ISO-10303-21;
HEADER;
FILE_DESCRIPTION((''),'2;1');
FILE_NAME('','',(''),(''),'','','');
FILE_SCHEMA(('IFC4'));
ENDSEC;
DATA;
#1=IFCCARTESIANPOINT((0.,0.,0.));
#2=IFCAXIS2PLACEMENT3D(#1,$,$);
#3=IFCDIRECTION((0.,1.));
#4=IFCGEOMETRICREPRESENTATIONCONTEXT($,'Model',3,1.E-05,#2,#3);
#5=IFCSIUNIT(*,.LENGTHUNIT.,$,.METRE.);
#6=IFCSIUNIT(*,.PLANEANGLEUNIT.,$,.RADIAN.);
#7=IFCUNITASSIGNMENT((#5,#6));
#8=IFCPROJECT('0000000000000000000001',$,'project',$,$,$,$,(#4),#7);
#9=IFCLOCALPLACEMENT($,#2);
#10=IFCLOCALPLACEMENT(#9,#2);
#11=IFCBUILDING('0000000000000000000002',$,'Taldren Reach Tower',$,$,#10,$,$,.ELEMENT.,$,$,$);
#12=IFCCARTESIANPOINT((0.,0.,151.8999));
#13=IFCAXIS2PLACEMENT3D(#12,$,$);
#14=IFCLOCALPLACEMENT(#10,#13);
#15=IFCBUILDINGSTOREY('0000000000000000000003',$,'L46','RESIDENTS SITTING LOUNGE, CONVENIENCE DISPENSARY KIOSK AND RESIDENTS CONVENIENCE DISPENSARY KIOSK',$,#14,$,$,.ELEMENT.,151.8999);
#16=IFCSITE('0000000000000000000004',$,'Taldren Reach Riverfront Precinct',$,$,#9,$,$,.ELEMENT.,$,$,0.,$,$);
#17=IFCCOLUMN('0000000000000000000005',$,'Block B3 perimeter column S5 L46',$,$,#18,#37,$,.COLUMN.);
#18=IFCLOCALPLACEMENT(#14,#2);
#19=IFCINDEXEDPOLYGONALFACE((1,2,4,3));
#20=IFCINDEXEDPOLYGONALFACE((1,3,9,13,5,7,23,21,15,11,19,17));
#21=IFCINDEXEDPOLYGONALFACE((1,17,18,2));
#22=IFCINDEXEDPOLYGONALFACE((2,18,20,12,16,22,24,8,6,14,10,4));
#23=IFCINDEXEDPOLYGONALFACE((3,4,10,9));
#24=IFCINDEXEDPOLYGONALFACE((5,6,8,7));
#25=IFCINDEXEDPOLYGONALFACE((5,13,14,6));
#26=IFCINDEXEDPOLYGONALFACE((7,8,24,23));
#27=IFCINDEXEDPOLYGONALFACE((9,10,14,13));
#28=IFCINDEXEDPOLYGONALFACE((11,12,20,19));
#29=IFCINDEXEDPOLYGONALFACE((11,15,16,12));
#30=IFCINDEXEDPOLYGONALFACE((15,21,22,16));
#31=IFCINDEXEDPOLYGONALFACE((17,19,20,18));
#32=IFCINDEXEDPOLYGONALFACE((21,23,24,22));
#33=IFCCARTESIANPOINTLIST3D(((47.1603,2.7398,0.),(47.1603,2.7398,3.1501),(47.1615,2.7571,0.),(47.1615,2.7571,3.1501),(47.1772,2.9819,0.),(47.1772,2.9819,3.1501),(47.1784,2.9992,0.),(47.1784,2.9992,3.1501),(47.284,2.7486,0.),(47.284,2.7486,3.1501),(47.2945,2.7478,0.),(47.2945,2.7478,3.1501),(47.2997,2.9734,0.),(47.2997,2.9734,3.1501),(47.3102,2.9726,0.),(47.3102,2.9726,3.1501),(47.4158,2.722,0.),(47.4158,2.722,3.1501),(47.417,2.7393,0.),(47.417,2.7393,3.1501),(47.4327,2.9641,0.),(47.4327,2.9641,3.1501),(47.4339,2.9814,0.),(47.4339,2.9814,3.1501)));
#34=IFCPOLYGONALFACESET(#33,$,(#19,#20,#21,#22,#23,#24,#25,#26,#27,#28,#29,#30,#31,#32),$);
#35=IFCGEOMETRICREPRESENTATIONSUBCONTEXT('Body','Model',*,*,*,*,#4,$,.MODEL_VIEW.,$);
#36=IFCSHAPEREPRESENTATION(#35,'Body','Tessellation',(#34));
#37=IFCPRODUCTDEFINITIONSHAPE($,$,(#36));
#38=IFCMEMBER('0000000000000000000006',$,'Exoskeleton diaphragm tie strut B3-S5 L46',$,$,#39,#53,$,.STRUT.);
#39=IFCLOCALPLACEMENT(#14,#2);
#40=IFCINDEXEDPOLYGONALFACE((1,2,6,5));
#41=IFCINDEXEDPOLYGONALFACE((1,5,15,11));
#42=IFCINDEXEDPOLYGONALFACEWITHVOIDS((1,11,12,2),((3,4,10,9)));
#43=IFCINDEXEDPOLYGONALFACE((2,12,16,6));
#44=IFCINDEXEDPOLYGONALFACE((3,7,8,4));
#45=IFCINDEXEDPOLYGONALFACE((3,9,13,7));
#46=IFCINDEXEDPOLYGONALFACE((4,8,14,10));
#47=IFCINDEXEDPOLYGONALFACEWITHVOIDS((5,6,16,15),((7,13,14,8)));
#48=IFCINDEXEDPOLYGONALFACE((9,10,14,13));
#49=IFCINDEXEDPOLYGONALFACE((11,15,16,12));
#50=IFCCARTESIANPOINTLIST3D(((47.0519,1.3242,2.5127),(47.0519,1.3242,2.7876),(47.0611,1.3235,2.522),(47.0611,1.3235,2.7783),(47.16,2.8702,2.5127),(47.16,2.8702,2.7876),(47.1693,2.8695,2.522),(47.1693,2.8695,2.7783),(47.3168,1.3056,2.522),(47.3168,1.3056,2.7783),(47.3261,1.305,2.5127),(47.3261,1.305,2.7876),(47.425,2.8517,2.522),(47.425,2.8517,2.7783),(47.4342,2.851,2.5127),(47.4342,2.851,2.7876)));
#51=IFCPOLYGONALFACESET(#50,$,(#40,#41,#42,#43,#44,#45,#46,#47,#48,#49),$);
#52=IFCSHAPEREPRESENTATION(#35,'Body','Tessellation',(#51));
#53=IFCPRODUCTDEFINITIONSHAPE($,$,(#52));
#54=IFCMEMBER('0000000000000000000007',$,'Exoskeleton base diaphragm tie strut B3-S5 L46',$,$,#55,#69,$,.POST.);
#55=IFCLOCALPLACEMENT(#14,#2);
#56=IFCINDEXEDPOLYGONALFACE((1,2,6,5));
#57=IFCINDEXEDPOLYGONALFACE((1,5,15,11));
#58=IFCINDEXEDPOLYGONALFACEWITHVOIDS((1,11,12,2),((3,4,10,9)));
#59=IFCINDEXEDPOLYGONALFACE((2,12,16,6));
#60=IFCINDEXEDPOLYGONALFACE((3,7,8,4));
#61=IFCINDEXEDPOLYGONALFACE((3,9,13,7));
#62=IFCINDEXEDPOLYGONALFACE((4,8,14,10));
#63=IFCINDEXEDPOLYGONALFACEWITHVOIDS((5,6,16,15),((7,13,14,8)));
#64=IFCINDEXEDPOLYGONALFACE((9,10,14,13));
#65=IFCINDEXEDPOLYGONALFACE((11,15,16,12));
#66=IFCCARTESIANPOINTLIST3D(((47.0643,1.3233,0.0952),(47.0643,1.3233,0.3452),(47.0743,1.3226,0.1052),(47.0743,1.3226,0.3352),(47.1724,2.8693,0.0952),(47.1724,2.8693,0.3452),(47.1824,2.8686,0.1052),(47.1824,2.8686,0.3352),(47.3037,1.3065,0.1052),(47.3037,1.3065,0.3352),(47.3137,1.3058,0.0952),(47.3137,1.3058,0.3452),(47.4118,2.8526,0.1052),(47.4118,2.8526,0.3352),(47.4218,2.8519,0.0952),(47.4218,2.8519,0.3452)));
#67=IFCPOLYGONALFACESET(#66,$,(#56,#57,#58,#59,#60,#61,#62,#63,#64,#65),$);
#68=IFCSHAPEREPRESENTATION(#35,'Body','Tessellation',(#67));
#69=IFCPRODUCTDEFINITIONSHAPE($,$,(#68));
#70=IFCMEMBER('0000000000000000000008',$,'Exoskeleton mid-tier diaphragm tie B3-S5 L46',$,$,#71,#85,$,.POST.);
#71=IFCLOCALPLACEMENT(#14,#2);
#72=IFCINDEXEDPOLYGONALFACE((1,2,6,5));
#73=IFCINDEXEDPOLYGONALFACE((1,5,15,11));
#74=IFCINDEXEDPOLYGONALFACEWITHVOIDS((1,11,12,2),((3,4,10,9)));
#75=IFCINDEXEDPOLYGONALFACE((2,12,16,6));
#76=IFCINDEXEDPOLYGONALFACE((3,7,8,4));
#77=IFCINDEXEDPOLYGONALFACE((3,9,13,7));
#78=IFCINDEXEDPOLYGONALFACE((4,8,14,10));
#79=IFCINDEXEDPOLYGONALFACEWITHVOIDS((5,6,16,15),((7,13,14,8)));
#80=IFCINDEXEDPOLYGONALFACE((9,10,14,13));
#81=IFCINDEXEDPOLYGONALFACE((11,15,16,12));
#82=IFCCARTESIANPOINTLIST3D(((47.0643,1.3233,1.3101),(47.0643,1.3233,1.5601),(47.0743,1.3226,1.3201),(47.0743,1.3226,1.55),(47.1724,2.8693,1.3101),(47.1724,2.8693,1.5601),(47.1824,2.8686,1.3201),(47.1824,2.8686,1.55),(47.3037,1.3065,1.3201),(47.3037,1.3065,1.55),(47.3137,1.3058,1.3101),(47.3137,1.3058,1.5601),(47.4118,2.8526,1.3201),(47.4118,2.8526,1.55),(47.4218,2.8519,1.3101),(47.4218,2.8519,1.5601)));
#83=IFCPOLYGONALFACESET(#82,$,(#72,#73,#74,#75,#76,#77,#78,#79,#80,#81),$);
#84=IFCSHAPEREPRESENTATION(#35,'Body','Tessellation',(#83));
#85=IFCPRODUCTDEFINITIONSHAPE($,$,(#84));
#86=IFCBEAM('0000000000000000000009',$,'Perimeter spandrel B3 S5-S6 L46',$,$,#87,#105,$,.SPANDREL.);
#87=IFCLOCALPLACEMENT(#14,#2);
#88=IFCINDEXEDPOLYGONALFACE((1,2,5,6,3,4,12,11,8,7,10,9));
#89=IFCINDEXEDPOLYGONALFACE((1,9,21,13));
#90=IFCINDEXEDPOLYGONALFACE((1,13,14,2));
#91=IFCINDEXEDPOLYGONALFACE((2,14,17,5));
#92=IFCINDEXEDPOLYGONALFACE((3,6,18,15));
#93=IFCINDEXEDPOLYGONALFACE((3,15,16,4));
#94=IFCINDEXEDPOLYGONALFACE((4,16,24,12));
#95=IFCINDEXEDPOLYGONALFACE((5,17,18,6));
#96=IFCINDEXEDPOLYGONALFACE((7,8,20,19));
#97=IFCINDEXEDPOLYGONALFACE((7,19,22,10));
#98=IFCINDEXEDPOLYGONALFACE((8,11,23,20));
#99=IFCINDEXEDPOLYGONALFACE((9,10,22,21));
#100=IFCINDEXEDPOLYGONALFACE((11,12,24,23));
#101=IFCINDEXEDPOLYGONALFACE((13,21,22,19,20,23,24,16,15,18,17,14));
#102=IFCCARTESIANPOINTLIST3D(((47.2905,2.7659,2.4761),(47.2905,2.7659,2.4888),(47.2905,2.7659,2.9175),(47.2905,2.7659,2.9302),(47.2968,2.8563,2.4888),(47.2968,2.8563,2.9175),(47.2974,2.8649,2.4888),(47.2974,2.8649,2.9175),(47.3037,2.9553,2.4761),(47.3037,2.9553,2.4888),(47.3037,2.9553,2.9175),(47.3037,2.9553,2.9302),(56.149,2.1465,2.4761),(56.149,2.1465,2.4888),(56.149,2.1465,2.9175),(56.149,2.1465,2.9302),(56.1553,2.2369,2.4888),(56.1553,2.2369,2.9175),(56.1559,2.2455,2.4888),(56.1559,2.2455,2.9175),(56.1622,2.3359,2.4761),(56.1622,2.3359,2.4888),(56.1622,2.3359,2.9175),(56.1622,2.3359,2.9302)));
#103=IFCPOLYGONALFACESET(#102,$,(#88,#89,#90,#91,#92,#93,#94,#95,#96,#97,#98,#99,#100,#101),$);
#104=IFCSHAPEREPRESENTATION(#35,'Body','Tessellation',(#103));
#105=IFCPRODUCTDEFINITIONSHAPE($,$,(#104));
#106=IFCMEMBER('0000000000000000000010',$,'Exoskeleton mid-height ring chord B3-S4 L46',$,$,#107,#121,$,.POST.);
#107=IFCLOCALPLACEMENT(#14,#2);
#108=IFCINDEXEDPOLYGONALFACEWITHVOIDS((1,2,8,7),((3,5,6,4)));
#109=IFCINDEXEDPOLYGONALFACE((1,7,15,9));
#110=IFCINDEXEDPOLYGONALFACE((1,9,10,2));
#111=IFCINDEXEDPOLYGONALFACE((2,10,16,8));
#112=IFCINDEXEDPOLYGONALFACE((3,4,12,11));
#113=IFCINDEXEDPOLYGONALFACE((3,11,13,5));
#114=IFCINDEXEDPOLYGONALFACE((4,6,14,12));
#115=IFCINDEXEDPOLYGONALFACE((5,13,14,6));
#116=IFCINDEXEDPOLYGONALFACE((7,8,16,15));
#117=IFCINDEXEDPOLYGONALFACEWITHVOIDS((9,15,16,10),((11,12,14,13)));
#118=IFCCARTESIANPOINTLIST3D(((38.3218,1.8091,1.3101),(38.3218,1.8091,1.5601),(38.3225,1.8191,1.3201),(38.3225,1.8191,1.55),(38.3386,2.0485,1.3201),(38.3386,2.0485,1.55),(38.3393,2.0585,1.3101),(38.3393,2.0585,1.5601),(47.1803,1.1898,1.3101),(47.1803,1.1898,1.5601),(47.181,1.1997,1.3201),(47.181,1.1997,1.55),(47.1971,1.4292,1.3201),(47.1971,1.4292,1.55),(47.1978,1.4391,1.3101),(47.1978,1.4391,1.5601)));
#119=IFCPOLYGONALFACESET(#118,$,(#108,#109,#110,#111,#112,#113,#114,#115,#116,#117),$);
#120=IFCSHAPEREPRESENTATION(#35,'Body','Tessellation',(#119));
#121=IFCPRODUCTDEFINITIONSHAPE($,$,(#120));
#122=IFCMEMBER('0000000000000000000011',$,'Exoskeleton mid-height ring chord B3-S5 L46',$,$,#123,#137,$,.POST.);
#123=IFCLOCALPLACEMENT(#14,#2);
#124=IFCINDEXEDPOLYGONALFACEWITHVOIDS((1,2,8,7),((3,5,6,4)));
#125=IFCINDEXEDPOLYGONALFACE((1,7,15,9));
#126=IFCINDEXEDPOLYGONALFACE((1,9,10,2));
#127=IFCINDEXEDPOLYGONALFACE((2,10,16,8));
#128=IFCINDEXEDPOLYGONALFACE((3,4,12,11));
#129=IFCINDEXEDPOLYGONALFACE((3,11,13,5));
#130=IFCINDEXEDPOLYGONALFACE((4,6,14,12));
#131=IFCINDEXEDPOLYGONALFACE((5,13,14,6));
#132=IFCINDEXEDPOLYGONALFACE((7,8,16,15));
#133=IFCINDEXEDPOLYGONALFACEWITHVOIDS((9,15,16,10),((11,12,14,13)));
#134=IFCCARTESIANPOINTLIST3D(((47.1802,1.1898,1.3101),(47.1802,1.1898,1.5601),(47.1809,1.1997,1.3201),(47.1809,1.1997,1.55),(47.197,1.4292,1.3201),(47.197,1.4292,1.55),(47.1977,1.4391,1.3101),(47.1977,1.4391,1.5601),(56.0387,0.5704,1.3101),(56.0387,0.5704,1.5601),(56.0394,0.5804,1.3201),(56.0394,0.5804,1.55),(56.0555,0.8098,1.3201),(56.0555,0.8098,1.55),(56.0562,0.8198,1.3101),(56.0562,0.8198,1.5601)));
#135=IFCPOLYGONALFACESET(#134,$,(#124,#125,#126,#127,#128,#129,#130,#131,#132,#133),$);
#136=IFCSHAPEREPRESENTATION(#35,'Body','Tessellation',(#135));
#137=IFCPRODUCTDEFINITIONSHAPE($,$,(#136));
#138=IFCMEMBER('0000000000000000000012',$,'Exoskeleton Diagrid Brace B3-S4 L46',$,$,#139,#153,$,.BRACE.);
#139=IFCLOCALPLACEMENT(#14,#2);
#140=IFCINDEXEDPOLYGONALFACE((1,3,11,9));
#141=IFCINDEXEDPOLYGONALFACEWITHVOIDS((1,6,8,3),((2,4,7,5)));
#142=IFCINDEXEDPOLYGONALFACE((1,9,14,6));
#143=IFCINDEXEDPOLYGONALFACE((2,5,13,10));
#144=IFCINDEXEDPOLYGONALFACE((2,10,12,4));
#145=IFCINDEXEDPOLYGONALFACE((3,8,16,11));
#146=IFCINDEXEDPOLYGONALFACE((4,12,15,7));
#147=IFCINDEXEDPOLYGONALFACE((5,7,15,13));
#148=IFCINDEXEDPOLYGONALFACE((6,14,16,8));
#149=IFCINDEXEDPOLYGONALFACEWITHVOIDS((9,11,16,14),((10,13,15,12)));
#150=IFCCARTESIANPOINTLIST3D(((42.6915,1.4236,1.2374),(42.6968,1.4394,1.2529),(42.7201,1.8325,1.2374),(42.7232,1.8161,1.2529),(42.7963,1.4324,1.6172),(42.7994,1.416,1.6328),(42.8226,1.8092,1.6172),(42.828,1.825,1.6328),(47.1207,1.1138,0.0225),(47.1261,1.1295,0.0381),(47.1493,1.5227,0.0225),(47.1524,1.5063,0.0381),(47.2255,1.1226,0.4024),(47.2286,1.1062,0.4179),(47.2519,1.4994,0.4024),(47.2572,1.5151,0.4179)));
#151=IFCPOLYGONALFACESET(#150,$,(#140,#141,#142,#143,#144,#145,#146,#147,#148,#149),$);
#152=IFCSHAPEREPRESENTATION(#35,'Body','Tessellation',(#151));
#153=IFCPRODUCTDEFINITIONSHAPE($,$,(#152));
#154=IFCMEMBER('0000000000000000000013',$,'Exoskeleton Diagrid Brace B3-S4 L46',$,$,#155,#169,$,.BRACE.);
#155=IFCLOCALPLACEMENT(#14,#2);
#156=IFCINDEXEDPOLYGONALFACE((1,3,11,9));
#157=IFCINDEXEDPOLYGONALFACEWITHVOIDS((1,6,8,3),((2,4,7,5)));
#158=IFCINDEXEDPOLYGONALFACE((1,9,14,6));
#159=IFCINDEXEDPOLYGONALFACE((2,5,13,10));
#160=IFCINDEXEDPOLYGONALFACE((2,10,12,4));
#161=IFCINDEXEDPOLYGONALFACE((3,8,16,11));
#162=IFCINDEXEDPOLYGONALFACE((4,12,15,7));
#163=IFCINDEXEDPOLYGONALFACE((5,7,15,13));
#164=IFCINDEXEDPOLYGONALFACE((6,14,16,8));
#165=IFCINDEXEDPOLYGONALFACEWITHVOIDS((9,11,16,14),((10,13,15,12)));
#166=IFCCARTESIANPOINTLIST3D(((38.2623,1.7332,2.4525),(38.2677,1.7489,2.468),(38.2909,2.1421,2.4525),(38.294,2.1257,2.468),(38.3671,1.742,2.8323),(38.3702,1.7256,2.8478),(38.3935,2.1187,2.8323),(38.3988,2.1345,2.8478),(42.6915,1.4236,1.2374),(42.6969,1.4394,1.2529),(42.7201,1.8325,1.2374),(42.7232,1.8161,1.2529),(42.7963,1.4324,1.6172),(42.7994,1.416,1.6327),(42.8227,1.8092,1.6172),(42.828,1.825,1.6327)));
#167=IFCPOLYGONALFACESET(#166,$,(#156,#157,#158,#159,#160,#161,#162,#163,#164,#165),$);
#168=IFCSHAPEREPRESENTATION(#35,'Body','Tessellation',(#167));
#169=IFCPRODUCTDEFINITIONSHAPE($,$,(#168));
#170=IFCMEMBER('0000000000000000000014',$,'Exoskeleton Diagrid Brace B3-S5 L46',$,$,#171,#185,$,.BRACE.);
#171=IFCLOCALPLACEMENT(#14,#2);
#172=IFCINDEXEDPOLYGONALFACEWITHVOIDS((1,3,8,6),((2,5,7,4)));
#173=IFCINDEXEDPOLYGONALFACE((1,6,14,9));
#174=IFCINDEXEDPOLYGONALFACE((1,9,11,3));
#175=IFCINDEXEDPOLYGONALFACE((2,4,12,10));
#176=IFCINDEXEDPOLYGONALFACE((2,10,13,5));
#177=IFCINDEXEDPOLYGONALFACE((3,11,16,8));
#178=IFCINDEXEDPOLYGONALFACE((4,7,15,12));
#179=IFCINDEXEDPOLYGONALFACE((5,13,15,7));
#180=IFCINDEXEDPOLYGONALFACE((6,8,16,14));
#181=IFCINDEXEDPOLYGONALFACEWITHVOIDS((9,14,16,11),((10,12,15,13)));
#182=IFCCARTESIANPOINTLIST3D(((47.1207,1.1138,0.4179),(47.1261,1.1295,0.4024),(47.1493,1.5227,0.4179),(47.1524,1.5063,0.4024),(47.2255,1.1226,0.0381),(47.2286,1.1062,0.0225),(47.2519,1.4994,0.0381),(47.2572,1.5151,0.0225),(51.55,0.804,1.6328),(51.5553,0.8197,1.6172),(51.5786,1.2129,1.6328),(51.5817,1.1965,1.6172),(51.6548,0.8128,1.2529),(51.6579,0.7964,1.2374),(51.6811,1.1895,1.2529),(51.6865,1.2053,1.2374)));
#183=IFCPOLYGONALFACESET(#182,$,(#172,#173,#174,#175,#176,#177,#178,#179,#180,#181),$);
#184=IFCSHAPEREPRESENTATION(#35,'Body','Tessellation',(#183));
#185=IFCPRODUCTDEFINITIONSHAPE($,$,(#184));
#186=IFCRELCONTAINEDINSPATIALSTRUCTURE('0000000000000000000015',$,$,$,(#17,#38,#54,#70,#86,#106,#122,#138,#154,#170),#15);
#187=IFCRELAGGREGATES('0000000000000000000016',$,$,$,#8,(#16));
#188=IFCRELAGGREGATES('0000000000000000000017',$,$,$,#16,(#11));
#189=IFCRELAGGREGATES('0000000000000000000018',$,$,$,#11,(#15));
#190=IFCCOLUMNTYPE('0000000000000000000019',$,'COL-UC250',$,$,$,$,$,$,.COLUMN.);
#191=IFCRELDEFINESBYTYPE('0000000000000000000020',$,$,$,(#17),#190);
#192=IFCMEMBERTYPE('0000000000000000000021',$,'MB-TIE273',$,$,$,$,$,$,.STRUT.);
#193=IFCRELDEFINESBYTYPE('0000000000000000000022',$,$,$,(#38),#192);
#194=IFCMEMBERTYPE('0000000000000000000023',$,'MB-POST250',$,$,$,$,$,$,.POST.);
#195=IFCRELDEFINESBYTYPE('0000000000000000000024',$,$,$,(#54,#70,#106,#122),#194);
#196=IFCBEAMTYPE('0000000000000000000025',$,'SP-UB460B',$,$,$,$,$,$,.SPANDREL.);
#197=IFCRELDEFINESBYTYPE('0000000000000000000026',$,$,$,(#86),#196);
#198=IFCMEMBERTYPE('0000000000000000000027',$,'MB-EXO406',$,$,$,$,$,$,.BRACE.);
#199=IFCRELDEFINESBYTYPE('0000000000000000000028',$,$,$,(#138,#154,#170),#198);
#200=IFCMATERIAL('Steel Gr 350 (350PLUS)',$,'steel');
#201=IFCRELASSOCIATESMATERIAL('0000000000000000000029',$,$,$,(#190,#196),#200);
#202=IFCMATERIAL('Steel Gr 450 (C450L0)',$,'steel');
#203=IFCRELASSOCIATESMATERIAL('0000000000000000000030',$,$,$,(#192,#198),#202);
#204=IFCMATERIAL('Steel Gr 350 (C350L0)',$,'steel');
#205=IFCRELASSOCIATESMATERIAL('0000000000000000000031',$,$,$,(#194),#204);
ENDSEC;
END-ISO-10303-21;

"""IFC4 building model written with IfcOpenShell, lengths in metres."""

from ifc_helpers import new_model, si_unit, direction, frame, origin, origin_2d, place, context, subcontext, project, spatial, hollow_rectangle, i_section, extrude, source, transform, mapped, material, material_profile, profile_set, type_object, element, save


model = new_model("IFC4")

# Units and contexts
model_context = context("Model", 3, precision=1e-05, world=origin(), true_north=direction((0.0, 1.0)))
body_context = subcontext(model_context, "Body", "Model", "MODEL_VIEW")
ifc_project = project(units=[si_unit("LENGTHUNIT", "METRE"), si_unit("PLANEANGLEUNIT", "RADIAN")], contexts=[model_context])

# Site, building, storey
site_placement = place(None, origin())
site = spatial("IfcSite", under=ifc_project, at=site_placement, Name="Taldren Reach Riverfront Precinct", CompositionType="ELEMENT", RefElevation=0.0)
building_placement = place(site_placement, origin())
building = spatial("IfcBuilding", under=site, at=building_placement, Name="Taldren Reach Tower", CompositionType="ELEMENT")
storey_placement = place(building_placement, frame((0.0, 0.0, 151.8999)))
storey = spatial("IfcBuildingStorey", under=building, at=storey_placement, Name="L46", Description="RESIDENTS SITTING LOUNGE, CONVENIENCE DISPENSARY KIOSK AND RESIDENTS CONVENIENCE DISPENSARY KIOSK", CompositionType="ELEMENT", Elevation=151.8999)

# Column
ifc_material_1 = material(Name="Steel Gr 350 (350PLUS)", Category="steel")
ifc_material_profile_1 = material_profile(ifc_material_1, i_section(OverallWidth=0.2561, OverallDepth=0.26, WebThickness=0.0105, FlangeThickness=0.0173, at=origin_2d()), Name="250UC89.5")
ifc_profile_set_1 = profile_set([ifc_material_profile_1], Name="Steel Gr 350 (350PLUS)")
column_type = type_object("IfcColumnType", Name="COL-UC250", PredefinedType="COLUMN", material=ifc_profile_set_1)
shared_shape_1 = source(origin(), body_context, "Body", "SweptSolid", [
    extrude(i_section(OverallWidth=0.2561, OverallDepth=0.26, WebThickness=0.0105, FlangeThickness=0.0173, at=origin_2d()), origin(), (0.0, 0.0, 1.0), 3.1501),
])
column_placement = place(storey_placement, frame((47.2971, 2.8606, 0.0), z_axis=(0.0, 0.0, 1.0), x_axis=(0.997564, -0.069756, 0.0)))
element("IfcColumn", 1, at=column_placement, inside=storey, type_object=column_type, Name="Block B3 perimeter column S5 L46", PredefinedType="COLUMN", context=body_context, shape_type="MappedRepresentation", body=[
    mapped(shared_shape_1, transform((0.0, 0.0, 0.0), scale=1.0)),
])

# Members
ifc_material_2 = material(Name="Steel Gr 450 (C450L0)", Category="steel")
ifc_material_profile_2 = material_profile(ifc_material_2, hollow_rectangle(XDim=0.2749, YDim=0.2749, WallThickness=0.0093, at=origin_2d()), Name="275x275x9.3SHS")
ifc_profile_set_2 = profile_set([ifc_material_profile_2], Name="Steel Gr 450 (C450L0)")
member_type_1 = type_object("IfcMemberType", Name="MB-TIE273", PredefinedType="STRUT", material=ifc_profile_set_2)
shared_shape_2 = source(origin(), body_context, "Body", "SweptSolid", [
    extrude(hollow_rectangle(XDim=0.2749, YDim=0.2749, WallThickness=0.0093, at=origin_2d()), origin(), (0.0, 0.0, 1.0), 1.5498),
])
member_1_placement = place(storey_placement, frame((47.2971, 2.8606, 2.6501), z_axis=(-0.069781, -0.997562, 0.0), x_axis=(0.997562, -0.069781, 0.0)))
element("IfcMember", 2, at=member_1_placement, inside=storey, type_object=member_type_1, Name="Exoskeleton diaphragm tie strut B3-S5 L46", PredefinedType="STRUT", context=body_context, shape_type="MappedRepresentation", body=[
    mapped(shared_shape_2, transform((0.0, 0.0, 0.0), scale=1.0)),
])
ifc_material_3 = material(Name="Steel Gr 350 (C350L0)", Category="steel")
ifc_material_profile_3 = material_profile(ifc_material_3, hollow_rectangle(XDim=0.25, YDim=0.25, WallThickness=0.01, at=origin_2d()), Name="250x250x10.0SHS")
ifc_profile_set_3 = profile_set([ifc_material_profile_3], Name="Steel Gr 350 (C350L0)")
member_type_2 = type_object("IfcMemberType", Name="MB-POST250", PredefinedType="POST", material=ifc_profile_set_3)
shared_shape_3 = source(origin(), body_context, "Body", "SweptSolid", [
    extrude(hollow_rectangle(XDim=0.25, YDim=0.25, WallThickness=0.01, at=origin_2d()), origin(), (0.0, 0.0, 1.0), 1.5498),
])
for number, where, z_axis, x_axis, name in (
    (3, (47.2971, 2.8606, 0.2202), (-0.069781, -0.997562, 0.0), (0.997562, -0.069781, 0.0), "Exoskeleton base diaphragm tie strut B3-S5 L46"),
    (4, (47.2971, 2.8606, 1.4351), (-0.069781, -0.997562, 0.0), (0.997562, -0.069781, 0.0), "Exoskeleton mid-tier diaphragm tie B3-S5 L46"),
):
    element("IfcMember", number, at=place(storey_placement, frame(where, z_axis=z_axis, x_axis=x_axis)), inside=storey, type_object=member_type_2, Name=name, PredefinedType="POST", context=body_context, shape_type="MappedRepresentation", body=[
        mapped(shared_shape_3, transform((0.0, 0.0, 0.0), scale=1.0)),
    ])

# Beam
ifc_material_profile_4 = material_profile(ifc_material_1, i_section(OverallWidth=0.1899, OverallDepth=0.4541, WebThickness=0.0085, FlangeThickness=0.0127, at=origin_2d()), Name="460UB67.1")
ifc_profile_set_4 = profile_set([ifc_material_profile_4], Name="Steel Gr 350 (350PLUS)")
beam_type = type_object("IfcBeamType", Name="SP-UB460B", PredefinedType="SPANDREL", material=ifc_profile_set_4)
shared_shape_4 = source(origin(), body_context, "Body", "SweptSolid", [
    extrude(i_section(OverallWidth=0.1899, OverallDepth=0.4541, WebThickness=0.0085, FlangeThickness=0.0127, at=origin_2d()), origin(), (0.0, 0.0, 1.0), 8.8801),
])
beam_placement = place(storey_placement, frame((47.2971, 2.8606, 2.7031), z_axis=(0.997564, -0.06975, 0.0), x_axis=(0.06975, 0.997564, 0.0)))
element("IfcBeam", 5, at=beam_placement, inside=storey, type_object=beam_type, Name="Perimeter spandrel B3 S5-S6 L46", PredefinedType="SPANDREL", context=body_context, shape_type="MappedRepresentation", body=[
    mapped(shared_shape_4, transform((0.0, 0.0, 0.0), scale=1.0)),
])

# Members
shared_shape_5 = source(origin(), body_context, "Body", "SweptSolid", [
    extrude(hollow_rectangle(XDim=0.25, YDim=0.25, WallThickness=0.01, at=origin_2d()), origin(), (0.0, 0.0, 1.0), 8.8801),
])
for number, where, z_axis, x_axis, name in (
    (6, (38.3306, 1.9338, 1.4351), (0.997564, -0.06975, 0.0), (0.06975, 0.997564, 0.0), "Exoskeleton mid-height ring chord B3-S4 L46"),
    (7, (47.189, 1.3145, 1.4351), (0.997564, -0.06975, 0.0), (0.06975, 0.997564, 0.0), "Exoskeleton mid-height ring chord B3-S5 L46"),
):
    element("IfcMember", number, at=place(storey_placement, frame(where, z_axis=z_axis, x_axis=x_axis)), inside=storey, type_object=member_type_2, Name=name, PredefinedType="POST", context=body_context, shape_type="MappedRepresentation", body=[
        mapped(shared_shape_5, transform((0.0, 0.0, 0.0), scale=1.0)),
    ])
ifc_material_profile_5 = material_profile(ifc_material_2, hollow_rectangle(XDim=0.4099, YDim=0.4099, WallThickness=0.0161, at=origin_2d()), Name="410x410x16.0SHS")
ifc_profile_set_5 = profile_set([ifc_material_profile_5], Name="Steel Gr 450 (C450L0)")
member_type_3 = type_object("IfcMemberType", Name="MB-EXO406", PredefinedType="BRACE", material=ifc_profile_set_5)
shared_shape_6 = source(origin(), body_context, "Body", "SweptSolid", [
    extrude(hollow_rectangle(XDim=0.4099, YDim=0.4099, WallThickness=0.0161, at=origin_2d()), origin(), (0.0, 0.0, 1.0), 4.6033),
])
for number, where, z_axis, x_axis, name in (
    (8, (47.189, 1.3145, 0.2202), (-0.962196, 0.067304, 0.263912), (-0.069778, -0.997563, 0.0), "Exoskeleton Diagrid Brace B3-S4 L46"),
    (9, (42.7598, 1.6243, 1.4351), (-0.962186, 0.06725, 0.263962), (-0.069723, -0.997566, 0.0), "Exoskeleton Diagrid Brace B3-S4 L46"),
    (10, (47.189, 1.3145, 0.2202), (0.962196, -0.067304, 0.263912), (0.069778, 0.997563, 0.0), "Exoskeleton Diagrid Brace B3-S5 L46"),
):
    element("IfcMember", number, at=place(storey_placement, frame(where, z_axis=z_axis, x_axis=x_axis)), inside=storey, type_object=member_type_3, Name=name, PredefinedType="BRACE", context=body_context, shape_type="MappedRepresentation", body=[
        mapped(shared_shape_6, transform((0.0, 0.0, 0.0), scale=1.0)),
    ])

save(model, "model.ifc")
